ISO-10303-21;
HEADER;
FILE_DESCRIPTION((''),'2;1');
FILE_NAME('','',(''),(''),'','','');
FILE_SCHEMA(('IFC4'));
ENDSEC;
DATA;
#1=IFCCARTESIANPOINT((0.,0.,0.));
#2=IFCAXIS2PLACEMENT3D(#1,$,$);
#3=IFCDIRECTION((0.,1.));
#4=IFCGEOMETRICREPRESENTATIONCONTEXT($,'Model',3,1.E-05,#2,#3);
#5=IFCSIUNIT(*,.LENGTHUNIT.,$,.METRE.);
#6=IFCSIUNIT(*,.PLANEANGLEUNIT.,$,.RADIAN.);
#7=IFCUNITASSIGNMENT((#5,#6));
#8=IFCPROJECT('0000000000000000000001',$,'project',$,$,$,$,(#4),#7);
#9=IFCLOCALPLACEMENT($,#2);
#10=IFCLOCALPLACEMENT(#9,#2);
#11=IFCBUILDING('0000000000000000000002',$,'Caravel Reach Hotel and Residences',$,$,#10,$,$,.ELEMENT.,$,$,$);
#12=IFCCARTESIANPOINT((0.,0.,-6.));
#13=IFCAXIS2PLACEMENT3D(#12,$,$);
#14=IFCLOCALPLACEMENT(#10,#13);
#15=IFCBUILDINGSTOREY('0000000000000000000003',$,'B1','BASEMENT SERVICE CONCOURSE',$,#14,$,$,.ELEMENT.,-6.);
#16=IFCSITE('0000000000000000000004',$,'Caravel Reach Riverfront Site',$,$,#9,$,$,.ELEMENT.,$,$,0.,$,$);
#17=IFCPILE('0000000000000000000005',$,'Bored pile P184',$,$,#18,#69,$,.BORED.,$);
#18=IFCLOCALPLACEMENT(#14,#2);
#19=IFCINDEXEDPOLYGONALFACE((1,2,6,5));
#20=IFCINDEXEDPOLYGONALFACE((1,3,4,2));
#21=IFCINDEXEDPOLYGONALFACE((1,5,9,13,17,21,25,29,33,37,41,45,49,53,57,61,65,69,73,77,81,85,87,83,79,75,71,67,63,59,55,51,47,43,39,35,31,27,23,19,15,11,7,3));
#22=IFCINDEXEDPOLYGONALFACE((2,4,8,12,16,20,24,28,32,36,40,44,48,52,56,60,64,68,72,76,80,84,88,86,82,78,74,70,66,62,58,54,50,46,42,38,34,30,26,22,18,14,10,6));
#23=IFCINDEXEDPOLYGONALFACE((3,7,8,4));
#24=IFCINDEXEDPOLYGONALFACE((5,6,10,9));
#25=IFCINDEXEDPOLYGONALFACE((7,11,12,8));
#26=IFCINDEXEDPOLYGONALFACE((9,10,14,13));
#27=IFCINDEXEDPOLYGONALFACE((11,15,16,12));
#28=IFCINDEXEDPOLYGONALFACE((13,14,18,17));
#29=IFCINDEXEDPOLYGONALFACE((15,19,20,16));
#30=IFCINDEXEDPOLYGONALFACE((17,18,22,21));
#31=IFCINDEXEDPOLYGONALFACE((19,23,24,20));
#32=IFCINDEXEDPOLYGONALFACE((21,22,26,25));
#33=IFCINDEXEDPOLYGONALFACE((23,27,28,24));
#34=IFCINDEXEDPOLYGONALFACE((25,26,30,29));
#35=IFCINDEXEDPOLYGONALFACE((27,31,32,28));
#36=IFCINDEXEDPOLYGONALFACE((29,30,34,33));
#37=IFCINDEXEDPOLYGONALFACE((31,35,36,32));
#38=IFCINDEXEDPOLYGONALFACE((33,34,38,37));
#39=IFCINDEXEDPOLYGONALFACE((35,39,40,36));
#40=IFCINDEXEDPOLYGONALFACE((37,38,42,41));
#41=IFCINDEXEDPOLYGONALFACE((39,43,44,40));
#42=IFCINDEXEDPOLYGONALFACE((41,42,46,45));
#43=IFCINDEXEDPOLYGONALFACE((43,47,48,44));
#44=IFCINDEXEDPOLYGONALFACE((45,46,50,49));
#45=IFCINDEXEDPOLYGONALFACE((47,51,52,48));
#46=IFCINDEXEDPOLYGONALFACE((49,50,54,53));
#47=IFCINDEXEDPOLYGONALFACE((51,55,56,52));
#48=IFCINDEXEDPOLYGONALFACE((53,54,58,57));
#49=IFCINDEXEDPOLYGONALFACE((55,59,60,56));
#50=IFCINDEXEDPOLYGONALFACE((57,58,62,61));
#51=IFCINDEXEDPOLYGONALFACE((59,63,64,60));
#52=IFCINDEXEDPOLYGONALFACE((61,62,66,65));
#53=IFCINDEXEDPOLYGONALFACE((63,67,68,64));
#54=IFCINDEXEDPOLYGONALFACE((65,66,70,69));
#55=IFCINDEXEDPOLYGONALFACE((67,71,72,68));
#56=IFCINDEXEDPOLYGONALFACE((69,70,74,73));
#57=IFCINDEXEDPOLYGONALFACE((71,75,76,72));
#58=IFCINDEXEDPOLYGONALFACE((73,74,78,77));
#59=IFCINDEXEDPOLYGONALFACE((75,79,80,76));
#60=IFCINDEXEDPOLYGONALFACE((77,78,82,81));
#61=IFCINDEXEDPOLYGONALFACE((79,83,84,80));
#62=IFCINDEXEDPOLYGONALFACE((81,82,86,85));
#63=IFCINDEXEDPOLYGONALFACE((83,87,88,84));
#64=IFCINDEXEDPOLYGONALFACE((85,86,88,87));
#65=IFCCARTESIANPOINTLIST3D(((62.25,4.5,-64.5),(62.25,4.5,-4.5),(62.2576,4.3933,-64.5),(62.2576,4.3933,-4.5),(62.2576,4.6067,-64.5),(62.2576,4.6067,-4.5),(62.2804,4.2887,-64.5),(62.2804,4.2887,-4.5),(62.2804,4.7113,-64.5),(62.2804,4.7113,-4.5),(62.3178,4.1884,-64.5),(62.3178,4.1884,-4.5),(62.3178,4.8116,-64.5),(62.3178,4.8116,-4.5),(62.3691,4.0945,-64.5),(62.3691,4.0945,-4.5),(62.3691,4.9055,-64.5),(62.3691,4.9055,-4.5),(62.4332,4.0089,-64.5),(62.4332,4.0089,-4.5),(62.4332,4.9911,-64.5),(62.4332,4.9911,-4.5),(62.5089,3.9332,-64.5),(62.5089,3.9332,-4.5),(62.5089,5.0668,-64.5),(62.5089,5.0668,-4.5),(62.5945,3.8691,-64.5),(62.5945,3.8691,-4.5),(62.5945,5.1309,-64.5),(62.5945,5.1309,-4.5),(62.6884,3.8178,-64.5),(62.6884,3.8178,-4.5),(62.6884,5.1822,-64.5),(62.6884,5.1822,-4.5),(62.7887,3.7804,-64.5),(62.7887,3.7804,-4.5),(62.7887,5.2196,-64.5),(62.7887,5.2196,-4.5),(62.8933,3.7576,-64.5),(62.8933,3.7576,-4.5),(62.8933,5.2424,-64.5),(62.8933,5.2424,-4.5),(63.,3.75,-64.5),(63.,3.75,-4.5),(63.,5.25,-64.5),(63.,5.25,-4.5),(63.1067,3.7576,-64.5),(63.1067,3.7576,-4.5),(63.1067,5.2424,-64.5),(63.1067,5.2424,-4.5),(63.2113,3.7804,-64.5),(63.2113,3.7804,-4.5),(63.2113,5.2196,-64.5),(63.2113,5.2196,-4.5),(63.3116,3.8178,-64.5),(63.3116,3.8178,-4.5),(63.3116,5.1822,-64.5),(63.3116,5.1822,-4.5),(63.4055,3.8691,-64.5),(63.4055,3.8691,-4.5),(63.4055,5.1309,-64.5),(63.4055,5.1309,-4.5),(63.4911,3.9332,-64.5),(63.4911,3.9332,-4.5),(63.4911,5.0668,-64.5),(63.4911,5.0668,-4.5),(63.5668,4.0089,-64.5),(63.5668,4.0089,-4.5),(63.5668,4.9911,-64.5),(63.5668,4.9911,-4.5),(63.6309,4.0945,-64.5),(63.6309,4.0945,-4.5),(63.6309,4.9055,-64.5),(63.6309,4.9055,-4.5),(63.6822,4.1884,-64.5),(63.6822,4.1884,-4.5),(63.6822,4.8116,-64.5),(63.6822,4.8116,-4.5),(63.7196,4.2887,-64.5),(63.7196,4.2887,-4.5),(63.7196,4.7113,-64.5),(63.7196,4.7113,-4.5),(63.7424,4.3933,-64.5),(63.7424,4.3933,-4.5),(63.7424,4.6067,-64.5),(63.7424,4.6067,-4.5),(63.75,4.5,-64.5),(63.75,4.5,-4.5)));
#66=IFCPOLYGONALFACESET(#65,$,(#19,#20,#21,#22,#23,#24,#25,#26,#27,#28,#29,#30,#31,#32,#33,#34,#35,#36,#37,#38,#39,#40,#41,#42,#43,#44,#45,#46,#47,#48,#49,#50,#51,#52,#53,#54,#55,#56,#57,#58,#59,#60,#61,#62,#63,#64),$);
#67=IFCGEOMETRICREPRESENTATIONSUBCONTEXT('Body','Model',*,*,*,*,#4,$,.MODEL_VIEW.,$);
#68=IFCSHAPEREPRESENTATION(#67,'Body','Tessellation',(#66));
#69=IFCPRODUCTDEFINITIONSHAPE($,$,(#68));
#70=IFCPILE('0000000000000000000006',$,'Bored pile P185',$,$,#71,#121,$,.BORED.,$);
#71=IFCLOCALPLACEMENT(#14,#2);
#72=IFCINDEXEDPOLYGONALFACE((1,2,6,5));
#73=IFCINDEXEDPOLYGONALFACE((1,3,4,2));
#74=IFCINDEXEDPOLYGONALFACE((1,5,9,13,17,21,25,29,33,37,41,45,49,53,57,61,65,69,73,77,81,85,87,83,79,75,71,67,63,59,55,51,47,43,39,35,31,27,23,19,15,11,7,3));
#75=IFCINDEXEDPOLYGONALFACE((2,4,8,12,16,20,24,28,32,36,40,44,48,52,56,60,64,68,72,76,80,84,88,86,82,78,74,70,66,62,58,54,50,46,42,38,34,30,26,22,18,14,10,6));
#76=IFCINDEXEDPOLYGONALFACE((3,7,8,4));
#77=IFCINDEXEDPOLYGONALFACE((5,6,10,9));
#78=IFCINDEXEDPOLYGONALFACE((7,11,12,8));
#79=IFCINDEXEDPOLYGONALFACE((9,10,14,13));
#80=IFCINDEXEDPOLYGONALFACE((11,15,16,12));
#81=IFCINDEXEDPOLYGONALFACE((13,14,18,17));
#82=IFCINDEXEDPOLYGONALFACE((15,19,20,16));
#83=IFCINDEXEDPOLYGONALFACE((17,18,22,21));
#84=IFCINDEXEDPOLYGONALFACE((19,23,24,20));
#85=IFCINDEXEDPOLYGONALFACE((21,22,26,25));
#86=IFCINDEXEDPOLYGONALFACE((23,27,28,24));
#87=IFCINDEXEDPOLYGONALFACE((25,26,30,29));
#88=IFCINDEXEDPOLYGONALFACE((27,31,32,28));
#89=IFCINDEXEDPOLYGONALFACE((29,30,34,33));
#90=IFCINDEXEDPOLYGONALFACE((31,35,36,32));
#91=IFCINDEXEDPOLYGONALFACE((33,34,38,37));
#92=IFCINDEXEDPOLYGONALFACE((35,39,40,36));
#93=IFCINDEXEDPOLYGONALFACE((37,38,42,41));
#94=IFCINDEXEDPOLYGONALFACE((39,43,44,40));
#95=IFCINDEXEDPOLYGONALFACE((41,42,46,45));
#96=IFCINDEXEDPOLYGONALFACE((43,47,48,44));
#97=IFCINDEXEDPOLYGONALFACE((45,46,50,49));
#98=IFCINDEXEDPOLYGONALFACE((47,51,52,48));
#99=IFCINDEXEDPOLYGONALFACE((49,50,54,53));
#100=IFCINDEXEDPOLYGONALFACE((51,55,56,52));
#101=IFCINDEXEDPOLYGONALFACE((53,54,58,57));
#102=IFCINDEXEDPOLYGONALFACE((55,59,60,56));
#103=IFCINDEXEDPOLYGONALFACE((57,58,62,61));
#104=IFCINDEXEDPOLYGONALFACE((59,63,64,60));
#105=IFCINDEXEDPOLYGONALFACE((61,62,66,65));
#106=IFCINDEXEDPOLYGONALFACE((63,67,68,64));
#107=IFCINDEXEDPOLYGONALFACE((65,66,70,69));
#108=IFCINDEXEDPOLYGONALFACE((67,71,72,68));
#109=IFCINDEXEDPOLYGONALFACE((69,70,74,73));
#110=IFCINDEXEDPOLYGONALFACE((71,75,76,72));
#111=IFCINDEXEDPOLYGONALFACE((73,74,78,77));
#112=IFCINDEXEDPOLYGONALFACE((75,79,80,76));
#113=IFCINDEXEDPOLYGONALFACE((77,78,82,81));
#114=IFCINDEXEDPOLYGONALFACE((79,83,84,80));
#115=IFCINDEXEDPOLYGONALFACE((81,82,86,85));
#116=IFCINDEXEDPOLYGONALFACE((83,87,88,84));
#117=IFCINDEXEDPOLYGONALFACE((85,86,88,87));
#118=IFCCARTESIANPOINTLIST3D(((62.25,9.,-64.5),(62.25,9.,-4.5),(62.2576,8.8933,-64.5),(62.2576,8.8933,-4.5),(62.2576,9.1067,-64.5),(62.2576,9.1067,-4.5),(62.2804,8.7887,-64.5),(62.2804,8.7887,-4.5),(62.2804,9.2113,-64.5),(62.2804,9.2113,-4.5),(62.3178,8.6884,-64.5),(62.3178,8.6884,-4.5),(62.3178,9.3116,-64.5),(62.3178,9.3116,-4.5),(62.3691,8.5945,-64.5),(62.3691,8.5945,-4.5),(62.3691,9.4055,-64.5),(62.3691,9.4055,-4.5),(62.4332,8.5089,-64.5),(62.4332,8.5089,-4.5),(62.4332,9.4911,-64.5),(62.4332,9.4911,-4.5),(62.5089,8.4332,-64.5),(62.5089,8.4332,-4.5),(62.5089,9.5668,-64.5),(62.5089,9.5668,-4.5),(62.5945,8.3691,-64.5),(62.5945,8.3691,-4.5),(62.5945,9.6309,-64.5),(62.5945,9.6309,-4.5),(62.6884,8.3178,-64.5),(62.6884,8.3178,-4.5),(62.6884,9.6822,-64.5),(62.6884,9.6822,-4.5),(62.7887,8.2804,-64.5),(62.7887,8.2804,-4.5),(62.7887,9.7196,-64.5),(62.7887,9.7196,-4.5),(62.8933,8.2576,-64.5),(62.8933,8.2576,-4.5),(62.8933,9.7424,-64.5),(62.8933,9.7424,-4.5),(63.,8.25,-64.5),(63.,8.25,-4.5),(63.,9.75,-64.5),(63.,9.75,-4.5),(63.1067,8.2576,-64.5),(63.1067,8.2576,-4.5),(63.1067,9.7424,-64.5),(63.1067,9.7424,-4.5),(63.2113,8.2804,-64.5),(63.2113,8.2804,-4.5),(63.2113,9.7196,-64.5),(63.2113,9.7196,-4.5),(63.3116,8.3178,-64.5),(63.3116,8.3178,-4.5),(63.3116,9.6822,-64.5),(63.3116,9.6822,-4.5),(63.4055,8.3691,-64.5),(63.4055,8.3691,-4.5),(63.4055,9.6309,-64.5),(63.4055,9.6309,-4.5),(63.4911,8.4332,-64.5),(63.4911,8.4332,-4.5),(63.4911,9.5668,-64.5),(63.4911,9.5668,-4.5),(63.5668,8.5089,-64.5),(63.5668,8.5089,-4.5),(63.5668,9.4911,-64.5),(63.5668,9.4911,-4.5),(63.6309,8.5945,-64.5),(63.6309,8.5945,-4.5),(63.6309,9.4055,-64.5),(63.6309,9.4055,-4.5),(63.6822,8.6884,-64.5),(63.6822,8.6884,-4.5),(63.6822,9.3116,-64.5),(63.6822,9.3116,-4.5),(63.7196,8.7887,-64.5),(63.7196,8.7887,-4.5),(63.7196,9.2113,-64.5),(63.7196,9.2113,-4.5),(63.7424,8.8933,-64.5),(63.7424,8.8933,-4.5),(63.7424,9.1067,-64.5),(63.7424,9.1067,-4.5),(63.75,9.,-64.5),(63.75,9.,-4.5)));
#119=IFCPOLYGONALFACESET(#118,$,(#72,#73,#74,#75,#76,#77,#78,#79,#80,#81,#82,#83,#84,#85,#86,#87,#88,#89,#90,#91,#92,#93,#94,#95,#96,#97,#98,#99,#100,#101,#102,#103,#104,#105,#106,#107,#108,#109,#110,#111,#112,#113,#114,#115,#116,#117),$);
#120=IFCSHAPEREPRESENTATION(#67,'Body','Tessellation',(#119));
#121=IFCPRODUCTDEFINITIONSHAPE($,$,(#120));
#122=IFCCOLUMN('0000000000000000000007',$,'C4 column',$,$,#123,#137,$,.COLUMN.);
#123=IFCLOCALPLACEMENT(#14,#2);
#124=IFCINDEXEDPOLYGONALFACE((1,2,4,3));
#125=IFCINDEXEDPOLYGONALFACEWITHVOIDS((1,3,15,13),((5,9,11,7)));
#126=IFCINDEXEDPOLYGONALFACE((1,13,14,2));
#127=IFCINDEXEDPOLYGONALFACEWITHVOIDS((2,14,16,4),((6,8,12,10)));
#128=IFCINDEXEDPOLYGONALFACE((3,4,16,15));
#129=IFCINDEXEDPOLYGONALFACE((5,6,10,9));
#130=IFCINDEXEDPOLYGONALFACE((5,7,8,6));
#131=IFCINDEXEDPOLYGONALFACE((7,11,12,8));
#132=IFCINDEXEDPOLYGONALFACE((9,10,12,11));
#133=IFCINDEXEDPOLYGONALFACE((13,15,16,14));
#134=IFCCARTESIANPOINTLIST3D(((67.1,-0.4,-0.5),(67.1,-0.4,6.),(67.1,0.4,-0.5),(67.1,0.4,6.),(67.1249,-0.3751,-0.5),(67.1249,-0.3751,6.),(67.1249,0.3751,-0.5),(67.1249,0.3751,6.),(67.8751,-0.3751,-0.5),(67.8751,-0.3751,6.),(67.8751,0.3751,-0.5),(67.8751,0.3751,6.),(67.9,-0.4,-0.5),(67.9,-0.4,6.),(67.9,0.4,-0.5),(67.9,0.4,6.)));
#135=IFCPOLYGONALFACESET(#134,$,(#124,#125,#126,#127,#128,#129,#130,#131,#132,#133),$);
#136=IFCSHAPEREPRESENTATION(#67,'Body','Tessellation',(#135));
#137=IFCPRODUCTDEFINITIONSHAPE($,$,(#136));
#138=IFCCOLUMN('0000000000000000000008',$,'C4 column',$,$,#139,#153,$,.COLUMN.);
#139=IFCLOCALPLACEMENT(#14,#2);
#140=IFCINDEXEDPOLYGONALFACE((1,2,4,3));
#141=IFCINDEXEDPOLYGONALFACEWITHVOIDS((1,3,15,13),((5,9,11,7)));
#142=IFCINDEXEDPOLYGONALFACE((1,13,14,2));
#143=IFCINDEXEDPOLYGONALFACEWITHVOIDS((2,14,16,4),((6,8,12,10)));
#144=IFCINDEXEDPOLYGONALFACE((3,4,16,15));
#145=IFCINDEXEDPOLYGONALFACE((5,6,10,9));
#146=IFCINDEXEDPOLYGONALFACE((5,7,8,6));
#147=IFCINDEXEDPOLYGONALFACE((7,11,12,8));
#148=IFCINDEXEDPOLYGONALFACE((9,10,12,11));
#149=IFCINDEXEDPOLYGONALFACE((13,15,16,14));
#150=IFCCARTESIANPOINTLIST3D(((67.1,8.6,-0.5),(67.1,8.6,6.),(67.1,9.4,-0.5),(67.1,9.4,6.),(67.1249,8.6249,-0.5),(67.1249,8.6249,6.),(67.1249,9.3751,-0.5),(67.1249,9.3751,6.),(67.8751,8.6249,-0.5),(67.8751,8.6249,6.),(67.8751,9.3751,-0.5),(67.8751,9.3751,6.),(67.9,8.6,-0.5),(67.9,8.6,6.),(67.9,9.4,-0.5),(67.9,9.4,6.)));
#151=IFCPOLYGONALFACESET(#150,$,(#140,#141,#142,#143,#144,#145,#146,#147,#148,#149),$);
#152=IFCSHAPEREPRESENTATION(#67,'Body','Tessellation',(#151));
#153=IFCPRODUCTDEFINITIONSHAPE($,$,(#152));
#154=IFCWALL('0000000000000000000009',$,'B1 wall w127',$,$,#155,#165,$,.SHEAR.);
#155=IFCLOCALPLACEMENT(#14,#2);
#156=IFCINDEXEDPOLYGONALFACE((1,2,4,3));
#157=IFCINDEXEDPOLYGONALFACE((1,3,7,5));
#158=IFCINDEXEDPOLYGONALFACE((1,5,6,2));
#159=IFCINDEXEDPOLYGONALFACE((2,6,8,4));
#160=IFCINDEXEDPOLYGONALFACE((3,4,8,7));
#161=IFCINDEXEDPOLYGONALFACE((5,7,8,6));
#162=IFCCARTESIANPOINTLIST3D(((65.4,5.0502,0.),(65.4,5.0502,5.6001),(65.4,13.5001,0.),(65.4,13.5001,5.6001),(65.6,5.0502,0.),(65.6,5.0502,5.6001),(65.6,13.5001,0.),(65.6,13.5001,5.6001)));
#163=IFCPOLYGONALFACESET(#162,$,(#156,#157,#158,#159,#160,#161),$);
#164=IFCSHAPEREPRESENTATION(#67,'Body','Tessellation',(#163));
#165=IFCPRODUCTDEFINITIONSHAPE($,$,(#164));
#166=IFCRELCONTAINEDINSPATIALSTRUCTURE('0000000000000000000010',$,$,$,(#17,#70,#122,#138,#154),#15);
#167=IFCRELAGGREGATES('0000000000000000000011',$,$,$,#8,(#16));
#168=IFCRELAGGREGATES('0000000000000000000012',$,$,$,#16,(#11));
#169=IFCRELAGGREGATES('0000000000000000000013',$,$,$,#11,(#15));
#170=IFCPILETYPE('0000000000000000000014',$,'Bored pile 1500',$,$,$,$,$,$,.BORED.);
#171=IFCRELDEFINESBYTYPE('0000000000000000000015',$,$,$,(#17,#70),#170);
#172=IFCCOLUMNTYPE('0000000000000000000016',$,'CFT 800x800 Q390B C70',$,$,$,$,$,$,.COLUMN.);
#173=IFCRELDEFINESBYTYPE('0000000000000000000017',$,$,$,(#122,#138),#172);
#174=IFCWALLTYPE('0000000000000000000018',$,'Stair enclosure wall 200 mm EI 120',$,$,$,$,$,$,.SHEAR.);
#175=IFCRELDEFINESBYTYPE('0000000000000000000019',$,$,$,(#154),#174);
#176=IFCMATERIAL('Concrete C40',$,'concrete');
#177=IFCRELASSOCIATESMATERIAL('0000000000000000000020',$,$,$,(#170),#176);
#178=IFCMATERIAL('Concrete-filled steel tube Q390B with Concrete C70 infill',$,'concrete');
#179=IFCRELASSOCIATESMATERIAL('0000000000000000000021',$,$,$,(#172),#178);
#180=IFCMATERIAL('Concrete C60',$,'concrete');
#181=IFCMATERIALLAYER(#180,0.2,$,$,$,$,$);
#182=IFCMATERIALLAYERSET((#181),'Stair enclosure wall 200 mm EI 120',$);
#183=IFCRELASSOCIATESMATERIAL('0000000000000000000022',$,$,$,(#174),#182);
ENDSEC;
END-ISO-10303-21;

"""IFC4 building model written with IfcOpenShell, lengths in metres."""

from ifc_helpers import new_model, si_unit, direction, frame, frame_2d, origin, origin_2d, place, context, subcontext, project, spatial, rectangle, hollow_rectangle, circle, extrude, material, layer, layer_set, material_profile, profile_set, type_object, element, save


model = new_model("IFC4")

# Units and contexts
model_context = context("Model", 3, precision=1e-05, world=origin(), true_north=direction((0.0, 1.0)))
body_context = subcontext(model_context, "Body", "Model", "MODEL_VIEW")
ifc_project = project(units=[si_unit("LENGTHUNIT", "METRE"), si_unit("PLANEANGLEUNIT", "RADIAN")], contexts=[model_context])

# Site, building, storey
site_placement = place(None, origin())
site = spatial("IfcSite", under=ifc_project, at=site_placement, Name="Caravel Reach Riverfront Site", CompositionType="ELEMENT", RefElevation=0.0)
building_placement = place(site_placement, origin())
building = spatial("IfcBuilding", under=site, at=building_placement, Name="Caravel Reach Hotel and Residences", CompositionType="ELEMENT")
storey_placement = place(building_placement, frame((0.0, 0.0, -6.0)))
storey = spatial("IfcBuildingStorey", under=building, at=storey_placement, Name="B1", Description="BASEMENT SERVICE CONCOURSE", CompositionType="ELEMENT", Elevation=-6.0)

# Piles
ifc_material_1 = material(Name="Concrete C40", Category="concrete")
ifc_material_profile_1 = material_profile(ifc_material_1, circle(Radius=0.75, at=origin_2d()), Name="PILE 1500")
ifc_profile_set_1 = profile_set([ifc_material_profile_1], Name="Concrete C40")
pile_type_1 = type_object("IfcPileType", Name="Bored pile 1500", PredefinedType="BORED", material=ifc_profile_set_1)
for number, where, z_axis, x_axis, name in (
    (1, (63.0, 4.5, -4.5), (0.0, 0.0, -1.0), (1.0, 0.0, 0.0), "Bored pile P184"),
    (2, (63.0, 9.0, -4.5), (0.0, 0.0, -1.0), (1.0, 0.0, 0.0), "Bored pile P185"),
):
    element("IfcPile", number, at=place(storey_placement, frame(where, z_axis=z_axis, x_axis=x_axis)), inside=storey, type_object=pile_type_1, Name=name, PredefinedType="BORED", context=body_context, shape_type="SweptSolid", body=[
        extrude(circle(Radius=0.75, at=origin_2d()), origin(), (0.0, 0.0, 1.0), 60.0),
    ])

# Columns
ifc_material_2 = material(Name="Concrete-filled steel tube Q390B with Concrete C70 infill", Category="concrete")
ifc_material_profile_2 = material_profile(ifc_material_2, hollow_rectangle(XDim=0.8, YDim=0.8, WallThickness=0.0249, at=origin_2d()), Name="RHS 800x800x25")
ifc_profile_set_2 = profile_set([ifc_material_profile_2], Name="Concrete-filled steel tube Q390B with Concrete C70 infill")
column_type = type_object("IfcColumnType", Name="CFT 800x800 Q390B C70", PredefinedType="COLUMN", material=ifc_profile_set_2)
for number, where, z_axis, x_axis, name in (
    (3, (67.5, 0.0, -0.5), (0.0, 0.0, 1.0), (1.0, 0.0, 0.0), "C4 column"),
    (4, (67.5, 9.0, -0.5), (0.0, 0.0, 1.0), (1.0, 0.0, 0.0), "C4 column"),
):
    element("IfcColumn", number, at=place(storey_placement, frame(where, z_axis=z_axis, x_axis=x_axis)), inside=storey, type_object=column_type, Name=name, PredefinedType="COLUMN", context=body_context, shape_type="SweptSolid", body=[
        extrude(hollow_rectangle(XDim=0.8, YDim=0.8, WallThickness=0.0249, at=origin_2d()), origin(), (0.0, 0.0, 1.0), 6.5),
    ])

# Wall
ifc_material_3 = material(Name="Concrete C60", Category="concrete")
ifc_layer = layer(ifc_material_3, 0.2)
ifc_layer_set = layer_set([ifc_layer], Name="Stair enclosure wall 200 mm EI 120")
wall_type = type_object("IfcWallType", Name="Stair enclosure wall 200 mm EI 120", PredefinedType="SHEAR", material=ifc_layer_set)
wall_placement = place(storey_placement, frame((65.5, 5.05, 0.0), z_axis=(0.0, 0.0, 1.0), x_axis=(0.0, 1.0, 0.0)))
element("IfcWall", 5, at=wall_placement, inside=storey, type_object=wall_type, Name="B1 wall w127", PredefinedType="SHEAR", context=body_context, shape_type="SweptSolid", body=[
    extrude(rectangle(XDim=8.45, YDim=0.2, at=frame_2d((4.2251, 0.0))), origin(), (0.0, 0.0, 1.0), 5.6001),
])

save(model, "model.ifc")
